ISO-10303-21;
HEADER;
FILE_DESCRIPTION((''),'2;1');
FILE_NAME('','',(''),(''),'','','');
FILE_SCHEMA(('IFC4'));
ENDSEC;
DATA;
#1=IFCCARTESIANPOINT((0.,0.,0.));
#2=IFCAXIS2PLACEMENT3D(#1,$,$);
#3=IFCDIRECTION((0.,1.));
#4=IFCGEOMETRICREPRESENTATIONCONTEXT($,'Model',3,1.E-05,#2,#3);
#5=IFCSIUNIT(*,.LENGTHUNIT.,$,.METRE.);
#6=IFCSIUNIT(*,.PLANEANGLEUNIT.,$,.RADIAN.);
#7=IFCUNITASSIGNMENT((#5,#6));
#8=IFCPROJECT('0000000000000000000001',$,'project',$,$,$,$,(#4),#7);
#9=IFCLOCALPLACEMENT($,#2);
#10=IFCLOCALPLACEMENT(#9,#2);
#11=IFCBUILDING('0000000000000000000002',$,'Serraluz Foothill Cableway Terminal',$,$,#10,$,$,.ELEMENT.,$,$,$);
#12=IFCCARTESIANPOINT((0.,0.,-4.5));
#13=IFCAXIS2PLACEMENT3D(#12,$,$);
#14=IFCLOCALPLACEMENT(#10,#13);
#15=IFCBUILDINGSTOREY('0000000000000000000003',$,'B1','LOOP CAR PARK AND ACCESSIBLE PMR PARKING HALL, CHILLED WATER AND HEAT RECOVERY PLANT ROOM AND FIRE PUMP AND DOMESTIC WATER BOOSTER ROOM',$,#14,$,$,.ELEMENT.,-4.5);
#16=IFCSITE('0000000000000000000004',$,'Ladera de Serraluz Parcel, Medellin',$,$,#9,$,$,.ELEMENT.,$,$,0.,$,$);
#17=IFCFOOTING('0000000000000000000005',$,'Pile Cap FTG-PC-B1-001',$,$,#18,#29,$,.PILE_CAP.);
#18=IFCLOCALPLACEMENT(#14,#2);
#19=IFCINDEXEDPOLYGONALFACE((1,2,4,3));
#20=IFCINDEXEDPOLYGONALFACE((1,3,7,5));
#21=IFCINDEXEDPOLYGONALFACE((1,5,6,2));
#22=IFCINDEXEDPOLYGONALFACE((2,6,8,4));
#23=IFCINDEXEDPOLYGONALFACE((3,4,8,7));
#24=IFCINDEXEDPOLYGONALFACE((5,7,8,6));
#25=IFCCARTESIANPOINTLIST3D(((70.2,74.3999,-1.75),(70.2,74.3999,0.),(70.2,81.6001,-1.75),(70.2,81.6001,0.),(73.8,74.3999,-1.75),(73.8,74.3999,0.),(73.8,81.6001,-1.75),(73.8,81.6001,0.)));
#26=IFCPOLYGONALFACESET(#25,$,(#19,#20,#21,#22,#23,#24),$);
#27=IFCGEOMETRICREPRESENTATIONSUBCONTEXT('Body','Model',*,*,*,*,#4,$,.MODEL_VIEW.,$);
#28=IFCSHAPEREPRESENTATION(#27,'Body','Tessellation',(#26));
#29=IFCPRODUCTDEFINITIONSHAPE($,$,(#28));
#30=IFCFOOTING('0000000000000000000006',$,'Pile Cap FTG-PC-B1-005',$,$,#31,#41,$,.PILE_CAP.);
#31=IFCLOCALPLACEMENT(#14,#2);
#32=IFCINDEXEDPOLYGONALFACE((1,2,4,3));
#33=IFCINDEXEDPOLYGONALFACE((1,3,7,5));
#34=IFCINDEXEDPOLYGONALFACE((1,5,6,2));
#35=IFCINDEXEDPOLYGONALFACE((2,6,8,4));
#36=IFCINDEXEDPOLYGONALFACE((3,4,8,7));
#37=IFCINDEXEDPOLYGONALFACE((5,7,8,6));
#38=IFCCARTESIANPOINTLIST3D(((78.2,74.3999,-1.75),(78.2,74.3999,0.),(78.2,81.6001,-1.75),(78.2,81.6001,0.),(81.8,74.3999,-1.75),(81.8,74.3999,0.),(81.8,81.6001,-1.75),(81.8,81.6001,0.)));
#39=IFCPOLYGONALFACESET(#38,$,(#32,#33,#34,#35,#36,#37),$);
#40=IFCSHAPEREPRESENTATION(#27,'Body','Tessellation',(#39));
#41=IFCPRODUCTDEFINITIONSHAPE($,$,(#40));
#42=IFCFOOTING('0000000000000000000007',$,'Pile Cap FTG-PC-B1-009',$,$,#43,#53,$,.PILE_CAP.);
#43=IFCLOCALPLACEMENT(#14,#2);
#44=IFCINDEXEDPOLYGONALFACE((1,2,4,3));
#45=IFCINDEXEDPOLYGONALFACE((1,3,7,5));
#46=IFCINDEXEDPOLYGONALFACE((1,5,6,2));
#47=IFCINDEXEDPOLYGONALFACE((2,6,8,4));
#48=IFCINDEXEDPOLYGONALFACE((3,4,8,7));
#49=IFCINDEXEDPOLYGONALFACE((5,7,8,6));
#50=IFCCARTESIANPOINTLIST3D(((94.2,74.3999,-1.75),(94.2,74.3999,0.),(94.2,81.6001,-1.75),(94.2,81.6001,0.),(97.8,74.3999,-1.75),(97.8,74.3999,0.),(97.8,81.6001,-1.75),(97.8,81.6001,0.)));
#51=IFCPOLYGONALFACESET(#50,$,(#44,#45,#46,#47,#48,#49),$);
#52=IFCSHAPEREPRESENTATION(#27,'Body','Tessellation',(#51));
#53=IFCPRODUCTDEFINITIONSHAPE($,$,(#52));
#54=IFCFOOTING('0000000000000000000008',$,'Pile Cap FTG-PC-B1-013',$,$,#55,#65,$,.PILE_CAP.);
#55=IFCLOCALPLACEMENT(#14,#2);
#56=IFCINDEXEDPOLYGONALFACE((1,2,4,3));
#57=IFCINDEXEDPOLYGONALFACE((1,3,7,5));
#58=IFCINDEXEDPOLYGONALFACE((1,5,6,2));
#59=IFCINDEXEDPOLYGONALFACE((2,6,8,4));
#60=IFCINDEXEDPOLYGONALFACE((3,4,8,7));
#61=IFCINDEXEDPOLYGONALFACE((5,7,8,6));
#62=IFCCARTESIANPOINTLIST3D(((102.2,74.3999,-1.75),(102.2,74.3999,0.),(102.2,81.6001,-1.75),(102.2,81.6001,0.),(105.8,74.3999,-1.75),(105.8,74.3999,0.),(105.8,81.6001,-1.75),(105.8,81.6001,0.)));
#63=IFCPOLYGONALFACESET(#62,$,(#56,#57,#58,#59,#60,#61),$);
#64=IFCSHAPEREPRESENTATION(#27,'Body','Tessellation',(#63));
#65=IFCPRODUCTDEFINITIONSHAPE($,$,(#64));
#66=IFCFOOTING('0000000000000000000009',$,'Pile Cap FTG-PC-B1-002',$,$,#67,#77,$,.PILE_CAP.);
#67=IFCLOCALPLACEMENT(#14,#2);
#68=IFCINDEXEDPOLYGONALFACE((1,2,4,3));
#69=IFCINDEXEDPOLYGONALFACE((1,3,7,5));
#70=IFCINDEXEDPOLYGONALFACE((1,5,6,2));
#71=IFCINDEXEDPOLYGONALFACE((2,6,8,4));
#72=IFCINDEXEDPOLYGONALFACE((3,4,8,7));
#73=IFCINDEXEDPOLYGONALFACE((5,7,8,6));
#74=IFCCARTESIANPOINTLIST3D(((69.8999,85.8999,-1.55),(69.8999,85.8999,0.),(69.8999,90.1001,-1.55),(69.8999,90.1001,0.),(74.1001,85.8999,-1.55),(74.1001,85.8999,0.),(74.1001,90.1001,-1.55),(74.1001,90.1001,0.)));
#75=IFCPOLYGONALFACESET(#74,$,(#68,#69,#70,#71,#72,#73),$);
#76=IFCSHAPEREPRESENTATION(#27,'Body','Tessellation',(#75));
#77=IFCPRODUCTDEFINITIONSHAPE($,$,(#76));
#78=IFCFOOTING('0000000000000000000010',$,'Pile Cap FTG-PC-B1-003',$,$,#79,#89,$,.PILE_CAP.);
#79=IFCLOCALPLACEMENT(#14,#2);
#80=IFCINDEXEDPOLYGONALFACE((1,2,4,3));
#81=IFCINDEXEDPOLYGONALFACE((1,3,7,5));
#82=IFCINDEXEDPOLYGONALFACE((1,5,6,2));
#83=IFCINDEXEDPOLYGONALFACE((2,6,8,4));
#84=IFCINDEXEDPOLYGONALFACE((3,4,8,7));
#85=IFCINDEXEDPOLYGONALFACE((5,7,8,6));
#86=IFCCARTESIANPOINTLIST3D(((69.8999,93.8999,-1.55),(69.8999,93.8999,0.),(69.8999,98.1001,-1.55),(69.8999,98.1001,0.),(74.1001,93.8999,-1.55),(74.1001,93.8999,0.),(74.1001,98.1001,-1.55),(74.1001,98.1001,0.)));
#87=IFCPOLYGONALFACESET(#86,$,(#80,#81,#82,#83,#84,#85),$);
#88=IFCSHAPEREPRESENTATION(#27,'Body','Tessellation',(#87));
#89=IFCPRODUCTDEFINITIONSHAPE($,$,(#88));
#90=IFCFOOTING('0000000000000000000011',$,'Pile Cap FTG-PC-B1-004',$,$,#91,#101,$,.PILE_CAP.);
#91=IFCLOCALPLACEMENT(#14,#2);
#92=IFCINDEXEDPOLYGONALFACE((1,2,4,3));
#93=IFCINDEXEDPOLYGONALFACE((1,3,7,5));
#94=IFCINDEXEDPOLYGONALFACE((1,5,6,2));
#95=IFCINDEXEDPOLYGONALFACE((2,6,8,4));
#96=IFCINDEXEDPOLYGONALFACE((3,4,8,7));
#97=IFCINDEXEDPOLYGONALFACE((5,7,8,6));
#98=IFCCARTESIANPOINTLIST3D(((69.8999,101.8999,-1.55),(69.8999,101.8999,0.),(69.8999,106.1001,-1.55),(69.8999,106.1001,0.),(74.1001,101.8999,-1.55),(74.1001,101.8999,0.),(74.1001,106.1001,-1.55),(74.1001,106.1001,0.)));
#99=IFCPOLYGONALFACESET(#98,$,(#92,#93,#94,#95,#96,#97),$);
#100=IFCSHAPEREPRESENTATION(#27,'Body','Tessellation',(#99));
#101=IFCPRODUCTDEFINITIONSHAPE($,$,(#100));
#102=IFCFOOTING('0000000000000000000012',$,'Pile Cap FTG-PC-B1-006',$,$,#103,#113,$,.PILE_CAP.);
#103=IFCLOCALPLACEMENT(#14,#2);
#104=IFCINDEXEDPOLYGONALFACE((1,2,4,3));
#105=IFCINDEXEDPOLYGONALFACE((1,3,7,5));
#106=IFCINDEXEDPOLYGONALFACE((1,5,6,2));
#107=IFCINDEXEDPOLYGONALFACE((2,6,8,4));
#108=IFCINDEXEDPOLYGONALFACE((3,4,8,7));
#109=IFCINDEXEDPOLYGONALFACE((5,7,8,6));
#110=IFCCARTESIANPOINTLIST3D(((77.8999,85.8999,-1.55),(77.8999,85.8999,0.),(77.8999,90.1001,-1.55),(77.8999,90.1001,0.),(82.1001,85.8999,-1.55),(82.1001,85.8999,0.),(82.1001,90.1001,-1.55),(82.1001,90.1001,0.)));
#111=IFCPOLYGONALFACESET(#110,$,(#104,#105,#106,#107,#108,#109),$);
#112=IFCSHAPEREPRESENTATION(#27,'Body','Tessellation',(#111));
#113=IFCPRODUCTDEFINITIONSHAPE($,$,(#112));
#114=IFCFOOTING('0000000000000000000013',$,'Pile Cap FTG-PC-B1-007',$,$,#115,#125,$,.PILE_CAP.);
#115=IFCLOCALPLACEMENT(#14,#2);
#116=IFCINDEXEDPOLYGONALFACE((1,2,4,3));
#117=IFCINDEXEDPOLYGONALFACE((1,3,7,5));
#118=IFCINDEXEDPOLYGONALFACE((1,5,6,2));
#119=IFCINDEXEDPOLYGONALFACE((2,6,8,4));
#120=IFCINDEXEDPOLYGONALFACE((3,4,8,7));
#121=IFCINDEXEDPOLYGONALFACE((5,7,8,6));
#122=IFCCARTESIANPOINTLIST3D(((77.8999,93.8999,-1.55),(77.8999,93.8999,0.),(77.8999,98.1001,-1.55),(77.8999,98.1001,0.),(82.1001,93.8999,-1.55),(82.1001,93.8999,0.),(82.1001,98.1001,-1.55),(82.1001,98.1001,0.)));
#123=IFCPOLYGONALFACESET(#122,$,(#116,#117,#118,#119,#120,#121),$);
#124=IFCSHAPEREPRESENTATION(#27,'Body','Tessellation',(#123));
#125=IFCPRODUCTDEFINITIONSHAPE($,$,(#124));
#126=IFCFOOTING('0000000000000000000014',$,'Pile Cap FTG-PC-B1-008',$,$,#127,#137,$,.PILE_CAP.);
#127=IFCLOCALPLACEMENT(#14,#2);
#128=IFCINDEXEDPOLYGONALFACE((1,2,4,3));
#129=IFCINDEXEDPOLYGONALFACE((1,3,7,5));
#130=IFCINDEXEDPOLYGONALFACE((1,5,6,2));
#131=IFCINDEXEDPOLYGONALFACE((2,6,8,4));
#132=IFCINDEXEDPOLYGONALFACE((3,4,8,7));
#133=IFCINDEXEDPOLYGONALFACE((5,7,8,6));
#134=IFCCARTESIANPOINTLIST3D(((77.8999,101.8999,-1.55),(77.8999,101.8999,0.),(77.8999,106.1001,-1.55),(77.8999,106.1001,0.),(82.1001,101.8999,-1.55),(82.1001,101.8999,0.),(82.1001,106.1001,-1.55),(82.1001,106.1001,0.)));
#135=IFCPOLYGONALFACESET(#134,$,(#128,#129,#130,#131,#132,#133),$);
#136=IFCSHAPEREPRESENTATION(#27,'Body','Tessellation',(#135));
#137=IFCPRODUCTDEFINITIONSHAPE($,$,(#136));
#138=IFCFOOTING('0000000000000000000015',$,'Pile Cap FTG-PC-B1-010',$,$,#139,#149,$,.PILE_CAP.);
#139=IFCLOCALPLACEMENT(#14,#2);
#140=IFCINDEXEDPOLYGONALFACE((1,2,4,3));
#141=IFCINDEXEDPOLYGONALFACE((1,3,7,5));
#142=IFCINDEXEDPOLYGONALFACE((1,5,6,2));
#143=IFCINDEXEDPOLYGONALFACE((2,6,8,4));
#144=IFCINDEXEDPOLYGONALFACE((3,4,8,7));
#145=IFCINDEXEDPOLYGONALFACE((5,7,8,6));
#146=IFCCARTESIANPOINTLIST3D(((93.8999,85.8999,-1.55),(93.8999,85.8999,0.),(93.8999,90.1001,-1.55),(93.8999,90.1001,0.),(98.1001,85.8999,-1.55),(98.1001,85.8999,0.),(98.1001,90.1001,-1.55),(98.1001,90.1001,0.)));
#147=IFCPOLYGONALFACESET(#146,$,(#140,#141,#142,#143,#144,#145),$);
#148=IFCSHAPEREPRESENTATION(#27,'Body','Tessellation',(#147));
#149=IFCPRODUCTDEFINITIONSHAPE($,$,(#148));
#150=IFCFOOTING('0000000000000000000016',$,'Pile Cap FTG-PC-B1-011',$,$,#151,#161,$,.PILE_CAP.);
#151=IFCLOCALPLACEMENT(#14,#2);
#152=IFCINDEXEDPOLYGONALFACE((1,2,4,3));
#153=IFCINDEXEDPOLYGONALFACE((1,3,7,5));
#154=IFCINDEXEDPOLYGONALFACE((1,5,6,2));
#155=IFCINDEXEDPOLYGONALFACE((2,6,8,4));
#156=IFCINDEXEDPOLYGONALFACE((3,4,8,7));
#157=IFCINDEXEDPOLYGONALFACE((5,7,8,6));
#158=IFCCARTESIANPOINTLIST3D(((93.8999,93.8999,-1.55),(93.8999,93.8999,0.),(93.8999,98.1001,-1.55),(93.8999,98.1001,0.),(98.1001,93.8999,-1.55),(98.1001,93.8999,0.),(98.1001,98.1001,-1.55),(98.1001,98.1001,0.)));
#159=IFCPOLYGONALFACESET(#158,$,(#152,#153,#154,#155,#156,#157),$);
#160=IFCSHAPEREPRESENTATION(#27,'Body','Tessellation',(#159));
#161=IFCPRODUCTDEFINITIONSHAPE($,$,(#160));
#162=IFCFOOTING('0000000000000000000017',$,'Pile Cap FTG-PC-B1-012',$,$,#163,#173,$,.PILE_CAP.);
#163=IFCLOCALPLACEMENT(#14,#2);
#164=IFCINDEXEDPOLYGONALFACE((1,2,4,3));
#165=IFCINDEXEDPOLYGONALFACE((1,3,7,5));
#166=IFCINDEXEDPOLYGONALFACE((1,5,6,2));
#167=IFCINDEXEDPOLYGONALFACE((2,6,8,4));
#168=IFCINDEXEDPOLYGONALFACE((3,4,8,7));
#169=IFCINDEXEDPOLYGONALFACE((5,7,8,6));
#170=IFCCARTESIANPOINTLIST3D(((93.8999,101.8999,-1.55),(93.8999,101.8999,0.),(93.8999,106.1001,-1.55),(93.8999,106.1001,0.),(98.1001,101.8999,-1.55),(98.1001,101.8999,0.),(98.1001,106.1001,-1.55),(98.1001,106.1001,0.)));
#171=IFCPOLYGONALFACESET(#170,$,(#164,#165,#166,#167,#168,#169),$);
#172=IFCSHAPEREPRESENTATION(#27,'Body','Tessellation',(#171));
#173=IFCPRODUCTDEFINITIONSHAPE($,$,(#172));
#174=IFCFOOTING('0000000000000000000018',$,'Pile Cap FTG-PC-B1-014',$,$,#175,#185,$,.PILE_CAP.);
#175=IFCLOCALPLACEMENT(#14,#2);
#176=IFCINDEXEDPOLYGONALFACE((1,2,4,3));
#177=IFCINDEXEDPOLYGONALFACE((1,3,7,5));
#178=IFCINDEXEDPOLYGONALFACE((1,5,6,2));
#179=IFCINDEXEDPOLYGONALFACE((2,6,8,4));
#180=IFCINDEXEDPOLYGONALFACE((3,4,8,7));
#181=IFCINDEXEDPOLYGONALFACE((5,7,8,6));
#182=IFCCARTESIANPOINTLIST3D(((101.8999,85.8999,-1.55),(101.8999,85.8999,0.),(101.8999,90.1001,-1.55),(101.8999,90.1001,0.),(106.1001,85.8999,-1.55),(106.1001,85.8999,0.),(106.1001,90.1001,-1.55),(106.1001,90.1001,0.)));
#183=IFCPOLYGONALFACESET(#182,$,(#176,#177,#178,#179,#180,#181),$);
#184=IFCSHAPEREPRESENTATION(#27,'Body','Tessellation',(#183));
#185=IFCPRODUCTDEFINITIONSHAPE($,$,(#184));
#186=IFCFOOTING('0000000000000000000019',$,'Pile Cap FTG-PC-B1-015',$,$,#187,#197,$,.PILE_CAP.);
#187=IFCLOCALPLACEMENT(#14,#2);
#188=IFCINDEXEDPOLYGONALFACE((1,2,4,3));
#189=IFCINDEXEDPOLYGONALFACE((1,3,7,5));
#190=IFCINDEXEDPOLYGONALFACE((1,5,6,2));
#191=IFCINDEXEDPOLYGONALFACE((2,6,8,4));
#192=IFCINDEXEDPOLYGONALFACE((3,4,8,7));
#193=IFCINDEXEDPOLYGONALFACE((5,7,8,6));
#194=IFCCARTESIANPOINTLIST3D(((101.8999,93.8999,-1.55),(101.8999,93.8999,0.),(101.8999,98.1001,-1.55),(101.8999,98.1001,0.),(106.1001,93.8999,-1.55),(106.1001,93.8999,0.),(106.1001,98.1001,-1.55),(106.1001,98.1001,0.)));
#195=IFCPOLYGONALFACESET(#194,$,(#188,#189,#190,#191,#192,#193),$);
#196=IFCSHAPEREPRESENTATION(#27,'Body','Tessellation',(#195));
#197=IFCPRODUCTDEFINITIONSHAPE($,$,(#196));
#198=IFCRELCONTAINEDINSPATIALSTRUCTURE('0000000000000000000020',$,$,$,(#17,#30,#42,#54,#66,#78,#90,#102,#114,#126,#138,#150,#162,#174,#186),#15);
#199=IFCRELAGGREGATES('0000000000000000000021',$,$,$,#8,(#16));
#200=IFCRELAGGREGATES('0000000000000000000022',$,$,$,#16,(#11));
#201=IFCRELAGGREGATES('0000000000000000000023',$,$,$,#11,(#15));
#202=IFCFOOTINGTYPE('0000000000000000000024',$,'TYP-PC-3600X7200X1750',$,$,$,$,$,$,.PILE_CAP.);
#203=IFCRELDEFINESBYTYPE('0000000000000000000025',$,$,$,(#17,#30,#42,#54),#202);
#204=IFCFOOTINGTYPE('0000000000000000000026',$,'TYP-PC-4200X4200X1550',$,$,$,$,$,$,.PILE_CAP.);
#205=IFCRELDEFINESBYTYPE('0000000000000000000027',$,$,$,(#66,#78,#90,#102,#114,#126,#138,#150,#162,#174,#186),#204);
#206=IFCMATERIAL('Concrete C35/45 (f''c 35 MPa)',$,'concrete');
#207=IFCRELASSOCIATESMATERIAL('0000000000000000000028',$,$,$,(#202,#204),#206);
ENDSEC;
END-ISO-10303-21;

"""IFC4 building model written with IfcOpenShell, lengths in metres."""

from ifc_helpers import new_model, si_unit, direction, frame, origin, place, context, subcontext, project, spatial, polyline, outline, extrude, material, type_object, element, save


model = new_model("IFC4")

# Units and contexts
model_context = context("Model", 3, precision=1e-05, world=origin(), true_north=direction((0.0, 1.0)))
body_context = subcontext(model_context, "Body", "Model", "MODEL_VIEW")
ifc_project = project(units=[si_unit("LENGTHUNIT", "METRE"), si_unit("PLANEANGLEUNIT", "RADIAN")], contexts=[model_context])

# Site, building, storey
site_placement = place(None, origin())
site = spatial("IfcSite", under=ifc_project, at=site_placement, Name="Ladera de Serraluz Parcel, Medellin", CompositionType="ELEMENT", RefElevation=0.0)
building_placement = place(site_placement, origin())
building = spatial("IfcBuilding", under=site, at=building_placement, Name="Serraluz Foothill Cableway Terminal", CompositionType="ELEMENT")
storey_placement = place(building_placement, frame((0.0, 0.0, -4.5)))
storey = spatial("IfcBuildingStorey", under=building, at=storey_placement, Name="B1", Description="LOOP CAR PARK AND ACCESSIBLE PMR PARKING HALL, CHILLED WATER AND HEAT RECOVERY PLANT ROOM AND FIRE PUMP AND DOMESTIC WATER BOOSTER ROOM", CompositionType="ELEMENT", Elevation=-4.5)

# Footings
ifc_material_1 = material(Name="Concrete C35/45 (f'c 35 MPa)", Category="concrete")
footing_type_1 = type_object("IfcFootingType", Name="TYP-PC-3600X7200X1750", PredefinedType="PILE_CAP", material=ifc_material_1)
footing_1_placement = place(storey_placement, frame((0.0, 0.0, -1.75)))
element("IfcFooting", 1, at=footing_1_placement, inside=storey, type_object=footing_type_1, Name="Pile Cap FTG-PC-B1-001", PredefinedType="PILE_CAP", context=body_context, shape_type="SweptSolid", body=[
    extrude(outline(polyline([(70.2, 74.3999), (73.8, 74.3999), (73.8, 81.6001), (70.2, 81.6001), (70.2, 74.3999)])), origin(), (0.0, 0.0, 1.0), 1.75),
])
footing_2_placement = place(storey_placement, frame((0.0, 0.0, -1.75)))
element("IfcFooting", 2, at=footing_2_placement, inside=storey, type_object=footing_type_1, Name="Pile Cap FTG-PC-B1-005", PredefinedType="PILE_CAP", context=body_context, shape_type="SweptSolid", body=[
    extrude(outline(polyline([(78.2, 74.3999), (81.8, 74.3999), (81.8, 81.6001), (78.2, 81.6001), (78.2, 74.3999)])), origin(), (0.0, 0.0, 1.0), 1.75),
])
footing_3_placement = place(storey_placement, frame((0.0, 0.0, -1.75)))
element("IfcFooting", 3, at=footing_3_placement, inside=storey, type_object=footing_type_1, Name="Pile Cap FTG-PC-B1-009", PredefinedType="PILE_CAP", context=body_context, shape_type="SweptSolid", body=[
    extrude(outline(polyline([(94.2, 74.3999), (97.8, 74.3999), (97.8, 81.6001), (94.2, 81.6001), (94.2, 74.3999)])), origin(), (0.0, 0.0, 1.0), 1.75),
])
footing_4_placement = place(storey_placement, frame((0.0, 0.0, -1.75)))
element("IfcFooting", 4, at=footing_4_placement, inside=storey, type_object=footing_type_1, Name="Pile Cap FTG-PC-B1-013", PredefinedType="PILE_CAP", context=body_context, shape_type="SweptSolid", body=[
    extrude(outline(polyline([(102.2, 74.3999), (105.8, 74.3999), (105.8, 81.6001), (102.2, 81.6001), (102.2, 74.3999)])), origin(), (0.0, 0.0, 1.0), 1.75),
])
footing_type_2 = type_object("IfcFootingType", Name="TYP-PC-4200X4200X1550", PredefinedType="PILE_CAP", material=ifc_material_1)
footing_5_placement = place(storey_placement, frame((0.0, 0.0, -1.55)))
element("IfcFooting", 5, at=footing_5_placement, inside=storey, type_object=footing_type_2, Name="Pile Cap FTG-PC-B1-002", PredefinedType="PILE_CAP", context=body_context, shape_type="SweptSolid", body=[
    extrude(outline(polyline([(69.8999, 85.8999), (74.1001, 85.8999), (74.1001, 90.1001), (69.8999, 90.1001), (69.8999, 85.8999)])), origin(), (0.0, 0.0, 1.0), 1.55),
])
footing_6_placement = place(storey_placement, frame((0.0, 0.0, -1.55)))
element("IfcFooting", 6, at=footing_6_placement, inside=storey, type_object=footing_type_2, Name="Pile Cap FTG-PC-B1-003", PredefinedType="PILE_CAP", context=body_context, shape_type="SweptSolid", body=[
    extrude(outline(polyline([(69.8999, 93.8999), (74.1001, 93.8999), (74.1001, 98.1001), (69.8999, 98.1001), (69.8999, 93.8999)])), origin(), (0.0, 0.0, 1.0), 1.55),
])
footing_7_placement = place(storey_placement, frame((0.0, 0.0, -1.55)))
element("IfcFooting", 7, at=footing_7_placement, inside=storey, type_object=footing_type_2, Name="Pile Cap FTG-PC-B1-004", PredefinedType="PILE_CAP", context=body_context, shape_type="SweptSolid", body=[
    extrude(outline(polyline([(69.8999, 101.8999), (74.1001, 101.8999), (74.1001, 106.1001), (69.8999, 106.1001), (69.8999, 101.8999)])), origin(), (0.0, 0.0, 1.0), 1.55),
])
footing_8_placement = place(storey_placement, frame((0.0, 0.0, -1.55)))
element("IfcFooting", 8, at=footing_8_placement, inside=storey, type_object=footing_type_2, Name="Pile Cap FTG-PC-B1-006", PredefinedType="PILE_CAP", context=body_context, shape_type="SweptSolid", body=[
    extrude(outline(polyline([(77.8999, 85.8999), (82.1001, 85.8999), (82.1001, 90.1001), (77.8999, 90.1001), (77.8999, 85.8999)])), origin(), (0.0, 0.0, 1.0), 1.55),
])
footing_9_placement = place(storey_placement, frame((0.0, 0.0, -1.55)))
element("IfcFooting", 9, at=footing_9_placement, inside=storey, type_object=footing_type_2, Name="Pile Cap FTG-PC-B1-007", PredefinedType="PILE_CAP", context=body_context, shape_type="SweptSolid", body=[
    extrude(outline(polyline([(77.8999, 93.8999), (82.1001, 93.8999), (82.1001, 98.1001), (77.8999, 98.1001), (77.8999, 93.8999)])), origin(), (0.0, 0.0, 1.0), 1.55),
])
footing_10_placement = place(storey_placement, frame((0.0, 0.0, -1.55)))
element("IfcFooting", 10, at=footing_10_placement, inside=storey, type_object=footing_type_2, Name="Pile Cap FTG-PC-B1-008", PredefinedType="PILE_CAP", context=body_context, shape_type="SweptSolid", body=[
    extrude(outline(polyline([(77.8999, 101.8999), (82.1001, 101.8999), (82.1001, 106.1001), (77.8999, 106.1001), (77.8999, 101.8999)])), origin(), (0.0, 0.0, 1.0), 1.55),
])
footing_11_placement = place(storey_placement, frame((0.0, 0.0, -1.55)))
element("IfcFooting", 11, at=footing_11_placement, inside=storey, type_object=footing_type_2, Name="Pile Cap FTG-PC-B1-010", PredefinedType="PILE_CAP", context=body_context, shape_type="SweptSolid", body=[
    extrude(outline(polyline([(93.8999, 85.8999), (98.1001, 85.8999), (98.1001, 90.1001), (93.8999, 90.1001), (93.8999, 85.8999)])), origin(), (0.0, 0.0, 1.0), 1.55),
])
footing_12_placement = place(storey_placement, frame((0.0, 0.0, -1.55)))
element("IfcFooting", 12, at=footing_12_placement, inside=storey, type_object=footing_type_2, Name="Pile Cap FTG-PC-B1-011", PredefinedType="PILE_CAP", context=body_context, shape_type="SweptSolid", body=[
    extrude(outline(polyline([(93.8999, 93.8999), (98.1001, 93.8999), (98.1001, 98.1001), (93.8999, 98.1001), (93.8999, 93.8999)])), origin(), (0.0, 0.0, 1.0), 1.55),
])
footing_13_placement = place(storey_placement, frame((0.0, 0.0, -1.55)))
element("IfcFooting", 13, at=footing_13_placement, inside=storey, type_object=footing_type_2, Name="Pile Cap FTG-PC-B1-012", PredefinedType="PILE_CAP", context=body_context, shape_type="SweptSolid", body=[
    extrude(outline(polyline([(93.8999, 101.8999), (98.1001, 101.8999), (98.1001, 106.1001), (93.8999, 106.1001), (93.8999, 101.8999)])), origin(), (0.0, 0.0, 1.0), 1.55),
])
footing_14_placement = place(storey_placement, frame((0.0, 0.0, -1.55)))
element("IfcFooting", 14, at=footing_14_placement, inside=storey, type_object=footing_type_2, Name="Pile Cap FTG-PC-B1-014", PredefinedType="PILE_CAP", context=body_context, shape_type="SweptSolid", body=[
    extrude(outline(polyline([(101.8999, 85.8999), (106.1001, 85.8999), (106.1001, 90.1001), (101.8999, 90.1001), (101.8999, 85.8999)])), origin(), (0.0, 0.0, 1.0), 1.55),
])
footing_15_placement = place(storey_placement, frame((0.0, 0.0, -1.55)))
element("IfcFooting", 15, at=footing_15_placement, inside=storey, type_object=footing_type_2, Name="Pile Cap FTG-PC-B1-015", PredefinedType="PILE_CAP", context=body_context, shape_type="SweptSolid", body=[
    extrude(outline(polyline([(101.8999, 93.8999), (106.1001, 93.8999), (106.1001, 98.1001), (101.8999, 98.1001), (101.8999, 93.8999)])), origin(), (0.0, 0.0, 1.0), 1.55),
])

save(model, "model.ifc")
